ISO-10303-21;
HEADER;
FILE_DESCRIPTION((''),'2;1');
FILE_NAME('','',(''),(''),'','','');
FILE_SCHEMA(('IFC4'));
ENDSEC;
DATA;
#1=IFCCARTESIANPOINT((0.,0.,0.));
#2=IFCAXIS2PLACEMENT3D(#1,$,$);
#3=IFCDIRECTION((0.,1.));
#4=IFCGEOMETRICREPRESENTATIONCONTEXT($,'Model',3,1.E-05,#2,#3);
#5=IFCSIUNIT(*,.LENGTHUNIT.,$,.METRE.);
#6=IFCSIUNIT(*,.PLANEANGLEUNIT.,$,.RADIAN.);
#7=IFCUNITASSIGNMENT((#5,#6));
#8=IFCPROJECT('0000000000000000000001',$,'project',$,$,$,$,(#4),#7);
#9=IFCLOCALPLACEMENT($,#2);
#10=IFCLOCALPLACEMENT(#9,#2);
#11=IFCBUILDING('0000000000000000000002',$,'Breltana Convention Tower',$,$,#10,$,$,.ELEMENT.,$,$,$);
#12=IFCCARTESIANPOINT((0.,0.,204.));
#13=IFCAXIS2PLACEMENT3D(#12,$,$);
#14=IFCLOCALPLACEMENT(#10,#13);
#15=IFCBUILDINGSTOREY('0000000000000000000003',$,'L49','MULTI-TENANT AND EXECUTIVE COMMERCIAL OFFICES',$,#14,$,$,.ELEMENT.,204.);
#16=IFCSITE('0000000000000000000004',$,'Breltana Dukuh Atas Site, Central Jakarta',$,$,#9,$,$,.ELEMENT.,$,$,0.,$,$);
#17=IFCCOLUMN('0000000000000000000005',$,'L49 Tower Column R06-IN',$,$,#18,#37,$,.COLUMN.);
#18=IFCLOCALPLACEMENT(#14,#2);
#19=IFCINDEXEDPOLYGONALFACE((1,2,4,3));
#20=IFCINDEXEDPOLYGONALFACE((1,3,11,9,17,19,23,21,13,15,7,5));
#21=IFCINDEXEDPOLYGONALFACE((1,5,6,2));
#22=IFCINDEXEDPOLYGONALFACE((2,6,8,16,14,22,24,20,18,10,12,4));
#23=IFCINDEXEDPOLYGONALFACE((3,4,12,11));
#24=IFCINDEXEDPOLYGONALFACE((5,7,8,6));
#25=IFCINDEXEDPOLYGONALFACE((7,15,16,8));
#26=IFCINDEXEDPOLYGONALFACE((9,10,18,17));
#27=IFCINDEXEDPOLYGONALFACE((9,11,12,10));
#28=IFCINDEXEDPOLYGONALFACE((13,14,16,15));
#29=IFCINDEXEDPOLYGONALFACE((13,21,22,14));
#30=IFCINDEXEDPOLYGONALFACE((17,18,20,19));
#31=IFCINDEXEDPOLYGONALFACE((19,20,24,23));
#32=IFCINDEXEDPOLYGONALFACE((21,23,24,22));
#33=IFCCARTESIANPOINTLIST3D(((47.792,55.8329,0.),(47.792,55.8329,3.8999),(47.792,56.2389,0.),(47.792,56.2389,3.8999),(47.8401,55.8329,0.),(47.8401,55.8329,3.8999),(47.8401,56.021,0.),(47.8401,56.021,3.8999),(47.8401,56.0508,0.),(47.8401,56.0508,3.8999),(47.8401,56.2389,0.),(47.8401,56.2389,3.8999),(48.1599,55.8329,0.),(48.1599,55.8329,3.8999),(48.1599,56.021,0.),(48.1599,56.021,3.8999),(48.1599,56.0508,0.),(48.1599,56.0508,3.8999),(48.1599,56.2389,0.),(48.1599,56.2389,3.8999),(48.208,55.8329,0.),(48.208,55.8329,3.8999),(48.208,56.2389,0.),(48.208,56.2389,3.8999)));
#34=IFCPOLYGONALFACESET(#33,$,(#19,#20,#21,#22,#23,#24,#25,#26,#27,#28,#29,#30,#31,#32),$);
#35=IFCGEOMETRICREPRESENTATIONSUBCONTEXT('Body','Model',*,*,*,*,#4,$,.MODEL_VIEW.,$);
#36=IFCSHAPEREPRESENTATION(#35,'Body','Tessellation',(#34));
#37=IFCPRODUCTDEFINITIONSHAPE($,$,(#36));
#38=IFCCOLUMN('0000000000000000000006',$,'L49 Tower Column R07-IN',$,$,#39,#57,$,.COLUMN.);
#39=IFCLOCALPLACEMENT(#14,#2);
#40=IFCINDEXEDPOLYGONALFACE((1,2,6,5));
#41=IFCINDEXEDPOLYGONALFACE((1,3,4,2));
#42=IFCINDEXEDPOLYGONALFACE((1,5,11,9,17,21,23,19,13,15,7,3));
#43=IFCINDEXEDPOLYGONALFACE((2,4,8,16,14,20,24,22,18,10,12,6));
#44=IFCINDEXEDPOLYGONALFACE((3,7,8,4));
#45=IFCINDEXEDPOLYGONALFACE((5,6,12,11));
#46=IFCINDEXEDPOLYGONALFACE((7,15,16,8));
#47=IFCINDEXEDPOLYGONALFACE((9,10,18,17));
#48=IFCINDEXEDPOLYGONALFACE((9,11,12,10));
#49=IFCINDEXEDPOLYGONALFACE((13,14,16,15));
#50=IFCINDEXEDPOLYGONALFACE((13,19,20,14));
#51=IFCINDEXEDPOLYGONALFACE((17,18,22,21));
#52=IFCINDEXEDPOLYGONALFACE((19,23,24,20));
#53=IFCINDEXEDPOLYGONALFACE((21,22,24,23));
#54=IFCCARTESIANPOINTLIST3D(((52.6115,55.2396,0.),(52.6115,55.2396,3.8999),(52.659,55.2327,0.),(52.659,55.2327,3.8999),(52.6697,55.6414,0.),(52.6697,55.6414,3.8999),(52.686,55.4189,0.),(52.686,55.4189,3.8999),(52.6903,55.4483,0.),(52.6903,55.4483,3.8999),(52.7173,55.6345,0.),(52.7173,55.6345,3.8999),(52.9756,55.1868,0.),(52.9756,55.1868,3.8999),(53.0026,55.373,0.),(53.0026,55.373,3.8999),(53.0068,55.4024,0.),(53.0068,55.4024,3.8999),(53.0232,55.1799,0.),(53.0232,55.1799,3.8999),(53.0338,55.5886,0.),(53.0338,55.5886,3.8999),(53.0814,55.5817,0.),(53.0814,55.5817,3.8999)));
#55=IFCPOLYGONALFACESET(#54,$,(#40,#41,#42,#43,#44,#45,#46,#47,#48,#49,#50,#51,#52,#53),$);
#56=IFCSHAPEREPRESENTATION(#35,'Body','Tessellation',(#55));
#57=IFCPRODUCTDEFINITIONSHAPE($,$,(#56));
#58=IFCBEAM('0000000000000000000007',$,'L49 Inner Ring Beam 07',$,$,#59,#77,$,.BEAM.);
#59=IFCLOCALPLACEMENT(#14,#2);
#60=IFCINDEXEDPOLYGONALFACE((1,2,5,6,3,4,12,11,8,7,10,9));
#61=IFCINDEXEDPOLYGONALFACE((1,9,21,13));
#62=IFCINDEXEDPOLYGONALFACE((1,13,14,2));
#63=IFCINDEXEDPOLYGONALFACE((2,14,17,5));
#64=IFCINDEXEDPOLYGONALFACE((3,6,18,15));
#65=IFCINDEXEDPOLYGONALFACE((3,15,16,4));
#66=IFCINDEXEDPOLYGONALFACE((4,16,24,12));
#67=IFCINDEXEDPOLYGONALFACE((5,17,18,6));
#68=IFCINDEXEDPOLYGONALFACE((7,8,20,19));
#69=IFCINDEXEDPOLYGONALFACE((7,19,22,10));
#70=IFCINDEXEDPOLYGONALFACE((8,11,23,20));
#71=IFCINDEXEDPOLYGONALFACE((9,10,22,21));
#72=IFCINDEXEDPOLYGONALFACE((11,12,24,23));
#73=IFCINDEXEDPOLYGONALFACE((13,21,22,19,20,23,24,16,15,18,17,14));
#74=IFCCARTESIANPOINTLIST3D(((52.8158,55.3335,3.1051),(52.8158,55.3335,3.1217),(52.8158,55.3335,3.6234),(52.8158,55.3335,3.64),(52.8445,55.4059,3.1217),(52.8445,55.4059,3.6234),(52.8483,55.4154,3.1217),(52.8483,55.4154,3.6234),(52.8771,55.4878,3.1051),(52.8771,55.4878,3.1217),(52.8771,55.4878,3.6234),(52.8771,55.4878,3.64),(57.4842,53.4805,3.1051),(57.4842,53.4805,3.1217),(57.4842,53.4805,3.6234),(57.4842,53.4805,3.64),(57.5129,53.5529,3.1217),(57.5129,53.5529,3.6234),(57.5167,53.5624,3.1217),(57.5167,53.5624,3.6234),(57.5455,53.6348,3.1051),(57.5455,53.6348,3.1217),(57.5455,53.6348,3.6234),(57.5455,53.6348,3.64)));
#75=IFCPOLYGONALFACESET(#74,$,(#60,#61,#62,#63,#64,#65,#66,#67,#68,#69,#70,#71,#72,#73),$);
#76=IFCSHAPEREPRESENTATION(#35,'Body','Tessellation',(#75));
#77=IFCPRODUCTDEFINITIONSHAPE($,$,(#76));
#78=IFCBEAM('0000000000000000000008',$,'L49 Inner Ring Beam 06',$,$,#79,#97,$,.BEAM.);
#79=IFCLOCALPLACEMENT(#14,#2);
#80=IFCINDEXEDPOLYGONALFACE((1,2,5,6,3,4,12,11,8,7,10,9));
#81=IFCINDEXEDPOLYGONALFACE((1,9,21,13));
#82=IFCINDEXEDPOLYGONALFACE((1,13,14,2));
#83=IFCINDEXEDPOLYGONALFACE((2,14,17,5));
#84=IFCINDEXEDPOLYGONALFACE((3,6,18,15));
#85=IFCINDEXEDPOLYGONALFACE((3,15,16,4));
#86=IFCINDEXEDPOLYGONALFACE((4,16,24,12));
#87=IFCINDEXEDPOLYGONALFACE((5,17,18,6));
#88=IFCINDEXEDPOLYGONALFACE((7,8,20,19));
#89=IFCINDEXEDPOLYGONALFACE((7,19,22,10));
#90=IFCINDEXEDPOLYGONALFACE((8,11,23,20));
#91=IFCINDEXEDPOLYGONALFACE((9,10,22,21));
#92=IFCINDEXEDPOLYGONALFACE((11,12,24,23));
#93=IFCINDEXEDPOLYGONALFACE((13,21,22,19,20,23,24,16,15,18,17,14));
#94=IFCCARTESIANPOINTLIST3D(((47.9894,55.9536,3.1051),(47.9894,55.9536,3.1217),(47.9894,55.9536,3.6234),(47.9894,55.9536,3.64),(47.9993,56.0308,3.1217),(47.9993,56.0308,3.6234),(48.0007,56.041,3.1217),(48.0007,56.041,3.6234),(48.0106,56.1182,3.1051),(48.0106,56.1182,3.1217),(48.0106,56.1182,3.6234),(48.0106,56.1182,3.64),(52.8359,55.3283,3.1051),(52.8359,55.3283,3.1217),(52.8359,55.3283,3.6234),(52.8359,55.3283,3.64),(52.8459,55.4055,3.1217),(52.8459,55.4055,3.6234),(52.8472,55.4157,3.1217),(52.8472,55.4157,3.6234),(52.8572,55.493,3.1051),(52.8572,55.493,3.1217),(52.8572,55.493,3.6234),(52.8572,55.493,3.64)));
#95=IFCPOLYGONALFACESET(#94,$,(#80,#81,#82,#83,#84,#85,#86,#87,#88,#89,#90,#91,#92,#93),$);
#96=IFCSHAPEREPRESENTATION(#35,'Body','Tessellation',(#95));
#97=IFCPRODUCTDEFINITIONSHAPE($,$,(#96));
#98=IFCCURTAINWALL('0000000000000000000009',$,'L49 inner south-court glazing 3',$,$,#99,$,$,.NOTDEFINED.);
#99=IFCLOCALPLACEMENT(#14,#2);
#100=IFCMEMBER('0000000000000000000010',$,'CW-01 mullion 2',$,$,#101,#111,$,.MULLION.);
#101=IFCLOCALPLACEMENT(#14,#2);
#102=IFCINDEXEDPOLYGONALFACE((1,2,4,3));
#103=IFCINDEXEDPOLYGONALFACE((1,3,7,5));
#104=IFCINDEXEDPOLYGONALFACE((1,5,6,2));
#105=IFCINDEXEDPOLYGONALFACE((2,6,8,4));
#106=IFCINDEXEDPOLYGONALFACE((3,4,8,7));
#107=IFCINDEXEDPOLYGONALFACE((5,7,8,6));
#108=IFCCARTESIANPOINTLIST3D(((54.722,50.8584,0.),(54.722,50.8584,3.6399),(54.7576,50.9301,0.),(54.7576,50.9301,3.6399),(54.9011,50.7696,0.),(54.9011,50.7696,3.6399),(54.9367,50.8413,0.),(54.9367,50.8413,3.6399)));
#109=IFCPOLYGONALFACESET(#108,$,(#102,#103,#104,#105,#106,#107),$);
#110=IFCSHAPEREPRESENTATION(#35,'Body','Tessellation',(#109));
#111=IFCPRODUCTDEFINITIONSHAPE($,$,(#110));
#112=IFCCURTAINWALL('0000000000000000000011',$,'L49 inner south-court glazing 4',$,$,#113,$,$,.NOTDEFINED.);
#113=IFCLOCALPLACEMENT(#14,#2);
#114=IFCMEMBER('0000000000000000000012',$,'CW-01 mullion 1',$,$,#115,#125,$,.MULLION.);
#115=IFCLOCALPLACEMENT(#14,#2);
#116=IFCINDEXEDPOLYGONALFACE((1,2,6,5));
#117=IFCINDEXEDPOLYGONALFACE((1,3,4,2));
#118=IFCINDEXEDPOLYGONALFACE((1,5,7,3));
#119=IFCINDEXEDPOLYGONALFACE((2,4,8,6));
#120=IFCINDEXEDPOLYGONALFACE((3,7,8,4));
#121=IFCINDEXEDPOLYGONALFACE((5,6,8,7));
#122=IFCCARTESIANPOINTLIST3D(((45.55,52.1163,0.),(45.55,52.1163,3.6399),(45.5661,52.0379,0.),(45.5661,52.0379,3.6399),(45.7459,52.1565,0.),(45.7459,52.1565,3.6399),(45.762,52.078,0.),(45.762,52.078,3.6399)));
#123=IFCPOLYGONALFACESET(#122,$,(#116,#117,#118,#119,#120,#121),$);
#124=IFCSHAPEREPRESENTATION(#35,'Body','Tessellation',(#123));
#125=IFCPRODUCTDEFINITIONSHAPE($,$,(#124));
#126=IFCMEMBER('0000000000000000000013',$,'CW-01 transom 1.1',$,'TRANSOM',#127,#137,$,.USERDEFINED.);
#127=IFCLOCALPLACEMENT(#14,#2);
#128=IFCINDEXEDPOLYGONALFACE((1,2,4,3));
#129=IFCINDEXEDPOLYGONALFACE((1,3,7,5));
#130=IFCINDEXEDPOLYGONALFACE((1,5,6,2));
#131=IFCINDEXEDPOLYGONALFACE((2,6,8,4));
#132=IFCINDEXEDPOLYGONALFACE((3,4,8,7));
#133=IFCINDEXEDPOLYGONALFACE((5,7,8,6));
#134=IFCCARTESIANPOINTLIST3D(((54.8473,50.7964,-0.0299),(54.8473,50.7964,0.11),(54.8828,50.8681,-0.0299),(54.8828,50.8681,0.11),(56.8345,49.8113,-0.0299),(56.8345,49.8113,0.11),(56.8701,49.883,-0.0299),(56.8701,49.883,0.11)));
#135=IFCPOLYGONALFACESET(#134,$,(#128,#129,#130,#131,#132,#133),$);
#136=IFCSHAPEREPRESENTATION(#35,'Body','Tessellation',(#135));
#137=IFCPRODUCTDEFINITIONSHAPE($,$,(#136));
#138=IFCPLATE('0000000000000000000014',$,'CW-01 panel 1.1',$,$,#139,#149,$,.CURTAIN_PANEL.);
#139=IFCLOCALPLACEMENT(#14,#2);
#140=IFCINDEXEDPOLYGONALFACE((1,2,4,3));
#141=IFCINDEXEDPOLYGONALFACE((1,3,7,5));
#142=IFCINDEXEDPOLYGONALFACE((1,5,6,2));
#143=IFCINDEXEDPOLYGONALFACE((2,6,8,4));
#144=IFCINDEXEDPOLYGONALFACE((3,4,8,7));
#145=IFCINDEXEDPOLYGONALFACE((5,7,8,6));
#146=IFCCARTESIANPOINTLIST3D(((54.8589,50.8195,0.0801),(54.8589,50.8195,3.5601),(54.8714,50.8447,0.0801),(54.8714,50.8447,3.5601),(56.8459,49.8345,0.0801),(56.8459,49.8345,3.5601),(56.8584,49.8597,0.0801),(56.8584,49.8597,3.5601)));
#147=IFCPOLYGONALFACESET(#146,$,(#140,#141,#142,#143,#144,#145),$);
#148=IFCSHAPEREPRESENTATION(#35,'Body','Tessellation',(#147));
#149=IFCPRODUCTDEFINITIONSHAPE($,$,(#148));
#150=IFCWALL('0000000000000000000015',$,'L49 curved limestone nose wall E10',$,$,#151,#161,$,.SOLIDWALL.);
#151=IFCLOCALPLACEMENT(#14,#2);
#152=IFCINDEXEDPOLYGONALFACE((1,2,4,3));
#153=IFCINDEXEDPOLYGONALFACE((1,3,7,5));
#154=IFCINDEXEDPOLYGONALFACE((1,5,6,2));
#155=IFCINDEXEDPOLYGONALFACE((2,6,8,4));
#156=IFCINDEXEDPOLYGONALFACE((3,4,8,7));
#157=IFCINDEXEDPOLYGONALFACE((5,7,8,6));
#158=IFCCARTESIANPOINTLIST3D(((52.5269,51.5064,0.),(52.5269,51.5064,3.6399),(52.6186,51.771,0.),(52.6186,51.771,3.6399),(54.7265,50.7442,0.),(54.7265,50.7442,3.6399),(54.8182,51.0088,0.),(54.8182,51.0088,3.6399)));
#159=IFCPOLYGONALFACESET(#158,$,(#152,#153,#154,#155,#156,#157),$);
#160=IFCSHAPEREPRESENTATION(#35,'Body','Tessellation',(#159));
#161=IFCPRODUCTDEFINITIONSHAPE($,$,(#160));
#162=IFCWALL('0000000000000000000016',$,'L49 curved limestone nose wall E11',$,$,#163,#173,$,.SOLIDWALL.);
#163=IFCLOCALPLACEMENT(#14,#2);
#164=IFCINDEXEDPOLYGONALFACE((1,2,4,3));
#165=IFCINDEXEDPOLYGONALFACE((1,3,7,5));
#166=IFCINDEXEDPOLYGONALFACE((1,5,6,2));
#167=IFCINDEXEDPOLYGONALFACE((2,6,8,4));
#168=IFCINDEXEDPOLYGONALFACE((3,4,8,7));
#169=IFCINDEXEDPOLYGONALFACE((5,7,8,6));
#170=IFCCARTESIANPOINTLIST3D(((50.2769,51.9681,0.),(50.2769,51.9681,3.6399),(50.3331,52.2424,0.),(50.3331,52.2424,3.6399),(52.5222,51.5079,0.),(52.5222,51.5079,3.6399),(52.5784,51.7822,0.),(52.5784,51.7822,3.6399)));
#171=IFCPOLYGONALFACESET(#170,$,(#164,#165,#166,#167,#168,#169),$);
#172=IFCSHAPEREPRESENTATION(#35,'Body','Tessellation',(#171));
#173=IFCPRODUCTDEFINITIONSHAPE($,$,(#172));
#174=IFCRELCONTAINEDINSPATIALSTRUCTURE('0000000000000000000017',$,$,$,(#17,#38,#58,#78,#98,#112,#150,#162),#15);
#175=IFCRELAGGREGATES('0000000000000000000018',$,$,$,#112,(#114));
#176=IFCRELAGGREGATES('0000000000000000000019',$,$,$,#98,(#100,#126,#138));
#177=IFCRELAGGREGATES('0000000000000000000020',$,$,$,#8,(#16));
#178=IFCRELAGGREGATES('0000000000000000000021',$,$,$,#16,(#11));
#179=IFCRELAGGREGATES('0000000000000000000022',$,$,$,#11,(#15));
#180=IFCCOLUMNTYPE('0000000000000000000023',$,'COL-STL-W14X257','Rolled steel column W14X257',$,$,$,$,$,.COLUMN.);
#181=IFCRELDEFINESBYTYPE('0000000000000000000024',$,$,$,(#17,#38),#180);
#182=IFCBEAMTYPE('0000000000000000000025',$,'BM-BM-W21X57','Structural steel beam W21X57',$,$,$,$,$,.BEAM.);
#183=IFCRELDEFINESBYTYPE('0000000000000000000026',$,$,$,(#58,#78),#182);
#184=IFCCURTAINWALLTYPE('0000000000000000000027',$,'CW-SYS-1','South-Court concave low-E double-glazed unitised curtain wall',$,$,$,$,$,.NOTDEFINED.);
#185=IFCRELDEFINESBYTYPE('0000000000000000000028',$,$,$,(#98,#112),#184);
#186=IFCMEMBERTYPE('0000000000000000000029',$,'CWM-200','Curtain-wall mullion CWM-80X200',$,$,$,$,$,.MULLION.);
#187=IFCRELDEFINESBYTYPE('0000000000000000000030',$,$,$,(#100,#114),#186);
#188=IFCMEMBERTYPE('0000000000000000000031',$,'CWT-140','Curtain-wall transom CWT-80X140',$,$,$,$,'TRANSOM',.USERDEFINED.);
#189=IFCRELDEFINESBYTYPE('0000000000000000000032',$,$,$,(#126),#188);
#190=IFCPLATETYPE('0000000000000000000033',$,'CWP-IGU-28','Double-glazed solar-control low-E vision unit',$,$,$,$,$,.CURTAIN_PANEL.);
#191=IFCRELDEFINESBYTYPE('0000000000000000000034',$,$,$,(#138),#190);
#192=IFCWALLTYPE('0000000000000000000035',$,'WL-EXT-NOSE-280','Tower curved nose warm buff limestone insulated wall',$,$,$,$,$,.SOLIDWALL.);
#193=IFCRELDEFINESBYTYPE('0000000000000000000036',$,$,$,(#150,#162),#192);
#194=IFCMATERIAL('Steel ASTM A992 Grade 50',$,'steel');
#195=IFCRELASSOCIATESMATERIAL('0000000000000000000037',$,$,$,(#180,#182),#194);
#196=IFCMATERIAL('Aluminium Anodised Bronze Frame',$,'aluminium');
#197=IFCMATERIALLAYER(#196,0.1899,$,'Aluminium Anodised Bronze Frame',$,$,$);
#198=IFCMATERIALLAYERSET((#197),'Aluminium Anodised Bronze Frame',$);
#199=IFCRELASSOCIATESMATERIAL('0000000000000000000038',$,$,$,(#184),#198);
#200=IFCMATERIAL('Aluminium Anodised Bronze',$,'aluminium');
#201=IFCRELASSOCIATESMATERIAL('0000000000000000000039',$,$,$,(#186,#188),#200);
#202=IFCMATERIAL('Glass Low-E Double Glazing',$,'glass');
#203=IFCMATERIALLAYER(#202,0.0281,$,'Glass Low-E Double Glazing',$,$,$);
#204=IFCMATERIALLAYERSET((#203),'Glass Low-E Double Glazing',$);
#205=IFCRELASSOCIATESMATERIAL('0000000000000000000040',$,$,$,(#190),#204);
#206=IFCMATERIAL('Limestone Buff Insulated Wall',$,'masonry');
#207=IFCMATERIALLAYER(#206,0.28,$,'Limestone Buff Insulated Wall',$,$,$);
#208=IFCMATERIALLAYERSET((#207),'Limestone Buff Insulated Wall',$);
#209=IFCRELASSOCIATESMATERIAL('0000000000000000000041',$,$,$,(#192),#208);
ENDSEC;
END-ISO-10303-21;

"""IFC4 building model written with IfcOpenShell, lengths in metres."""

from ifc_helpers import new_model, si_unit, direction, frame, frame_2d, origin, origin_2d, place, context, subcontext, project, spatial, rectangle, i_section, extrude, source, transform, mapped, material, layer, layer_set, material_profile, profile_set, type_object, element, aggregate, save


model = new_model("IFC4")

# Units and contexts
model_context = context("Model", 3, precision=1e-05, world=origin(), true_north=direction((0.0, 1.0)))
body_context = subcontext(model_context, "Body", "Model", "MODEL_VIEW")
ifc_project = project(units=[si_unit("LENGTHUNIT", "METRE"), si_unit("PLANEANGLEUNIT", "RADIAN")], contexts=[model_context])

# Site, building, storey
site_placement = place(None, origin())
site = spatial("IfcSite", under=ifc_project, at=site_placement, Name="Breltana Dukuh Atas Site, Central Jakarta", CompositionType="ELEMENT", RefElevation=0.0)
building_placement = place(site_placement, origin())
building = spatial("IfcBuilding", under=site, at=building_placement, Name="Breltana Convention Tower", CompositionType="ELEMENT")
storey_placement = place(building_placement, frame((0.0, 0.0, 204.0)))
storey = spatial("IfcBuildingStorey", under=building, at=storey_placement, Name="L49", Description="MULTI-TENANT AND EXECUTIVE COMMERCIAL OFFICES", CompositionType="ELEMENT", Elevation=204.0)

# Columns
ifc_material_1 = material(Name="Steel ASTM A992 Grade 50", Category="steel")
ifc_material_profile_1 = material_profile(ifc_material_1, i_section(OverallWidth=0.406, OverallDepth=0.416, WebThickness=0.0298, FlangeThickness=0.0481, at=origin_2d()), Name="W14X257")
ifc_profile_set_1 = profile_set([ifc_material_profile_1], Name="Steel ASTM A992 Grade 50")
column_type = type_object("IfcColumnType", Name="COL-STL-W14X257", Description="Rolled steel column W14X257", PredefinedType="COLUMN", material=ifc_profile_set_1)
shared_shape_1 = source(origin(), body_context, "Body", "SweptSolid", [
    extrude(i_section(OverallWidth=0.406, OverallDepth=0.416, WebThickness=0.0298, FlangeThickness=0.0481, at=origin_2d()), origin(), (0.0, 0.0, 1.0), 3.8999),
])
for number, where, z_axis, x_axis, name in (
    (1, (48.0, 56.0359, 0.0), (0.0, 0.0, 1.0), (0.0, 1.0, 0.0), "L49 Tower Column R06-IN"),
    (2, (52.8464, 55.4106, 0.0), (0.0, 0.0, 1.0), (0.143493, 0.989651, 0.0), "L49 Tower Column R07-IN"),
):
    element("IfcColumn", number, at=place(storey_placement, frame(where, z_axis=z_axis, x_axis=x_axis)), inside=storey, type_object=column_type, Name=name, PredefinedType="COLUMN", context=body_context, shape_type="MappedRepresentation", body=[
        mapped(shared_shape_1, transform((0.0, 0.0, 0.0), scale=1.0)),
    ])

# Beams
ifc_material_profile_2 = material_profile(ifc_material_1, i_section(OverallWidth=0.166, OverallDepth=0.5349, WebThickness=0.0103, FlangeThickness=0.0166, at=origin_2d()), Name="W21X57")
ifc_profile_set_2 = profile_set([ifc_material_profile_2], Name="Steel ASTM A992 Grade 50")
beam_type = type_object("IfcBeamType", Name="BM-BM-W21X57", Description="Structural steel beam W21X57", PredefinedType="BEAM", material=ifc_profile_set_2)
shared_shape_2 = source(origin(), body_context, "Body", "SweptSolid", [
    extrude(i_section(OverallWidth=0.166, OverallDepth=0.5349, WebThickness=0.0103, FlangeThickness=0.0166, at=origin_2d()), origin(), (0.0, 0.0, 1.0), 5.0227),
])
beam_1_placement = place(storey_placement, frame((52.8464, 55.4106, 3.3726), z_axis=(0.929459, -0.368926, 0.0), x_axis=(0.368926, 0.929459, 0.0)))
element("IfcBeam", 3, at=beam_1_placement, inside=storey, type_object=beam_type, Name="L49 Inner Ring Beam 07", PredefinedType="BEAM", context=body_context, shape_type="MappedRepresentation", body=[
    mapped(shared_shape_2, transform((0.0, 0.0, 0.0), scale=1.0)),
])
shared_shape_3 = source(origin(), body_context, "Body", "SweptSolid", [
    extrude(i_section(OverallWidth=0.166, OverallDepth=0.5349, WebThickness=0.0103, FlangeThickness=0.0166, at=origin_2d()), origin(), (0.0, 0.0, 1.0), 4.8867),
])
beam_2_placement = place(storey_placement, frame((48.0, 56.0359, 3.3726), z_axis=(0.991781, -0.127951, 0.0), x_axis=(0.127951, 0.991781, 0.0)))
element("IfcBeam", 4, at=beam_2_placement, inside=storey, type_object=beam_type, Name="L49 Inner Ring Beam 06", PredefinedType="BEAM", context=body_context, shape_type="MappedRepresentation", body=[
    mapped(shared_shape_3, transform((0.0, 0.0, 0.0), scale=1.0)),
])

# Curtain walls, members
ifc_material_2 = material(Name="Aluminium Anodised Bronze Frame", Category="aluminium")
ifc_layer_1 = layer(ifc_material_2, 0.1899, Name="Aluminium Anodised Bronze Frame")
ifc_layer_set_1 = layer_set([ifc_layer_1], Name="Aluminium Anodised Bronze Frame")
curtain_wall_type = type_object("IfcCurtainWallType", Name="CW-SYS-1", Description="South-Court concave low-E double-glazed unitised curtain wall", PredefinedType="NOTDEFINED", material=ifc_layer_set_1)
curtain_wall_1_placement = place(storey_placement, origin())
curtain_wall_1 = element("IfcCurtainWall", 5, at=curtain_wall_1_placement, inside=storey, type_object=curtain_wall_type, Name="L49 inner south-court glazing 3", PredefinedType="NOTDEFINED")
ifc_material_3 = material(Name="Aluminium Anodised Bronze", Category="aluminium")
ifc_material_profile_3 = material_profile(ifc_material_3, rectangle(XDim=0.0801, YDim=0.2, at=origin_2d()), Name="CWM-80X200")
ifc_profile_set_3 = profile_set([ifc_material_profile_3], Name="Aluminium Anodised Bronze")
member_type_1 = type_object("IfcMemberType", Name="CWM-200", Description="Curtain-wall mullion CWM-80X200", PredefinedType="MULLION", material=ifc_profile_set_3)
shared_shape_4 = source(origin(), body_context, "Body", "SweptSolid", [
    extrude(rectangle(XDim=0.0801, YDim=0.2, at=origin_2d()), origin(), (0.0, 0.0, 1.0), 3.6399),
])
member_1_placement = place(storey_placement, frame((54.8293, 50.8499, 0.0), z_axis=(0.0, 0.0, 1.0), x_axis=(-0.444133, -0.895961, 0.0)))
member_1 = element("IfcMember", 6, at=member_1_placement, type_object=member_type_1, Name="CW-01 mullion 2", PredefinedType="MULLION", context=body_context, shape_type="MappedRepresentation", body=[
    mapped(shared_shape_4, transform((0.0, 0.0, 0.0), scale=1.0)),
])
curtain_wall_2_placement = place(storey_placement, origin())
curtain_wall_2 = element("IfcCurtainWall", 7, at=curtain_wall_2_placement, inside=storey, type_object=curtain_wall_type, Name="L49 inner south-court glazing 4", PredefinedType="NOTDEFINED")
member_2_placement = place(storey_placement, frame((45.656, 52.0972, 0.0), z_axis=(0.0, 0.0, 1.0), x_axis=(0.200854, -0.979621, 0.0)))
member_2 = element("IfcMember", 8, at=member_2_placement, type_object=member_type_1, Name="CW-01 mullion 1", PredefinedType="MULLION", context=body_context, shape_type="MappedRepresentation", body=[
    mapped(shared_shape_4, transform((0.0, 0.0, 0.0), scale=1.0)),
])
aggregate(curtain_wall_2, [member_2])

# Member
ifc_material_profile_4 = material_profile(ifc_material_3, rectangle(XDim=0.0801, YDim=0.1399, at=origin_2d()), Name="CWT-80X140")
ifc_profile_set_4 = profile_set([ifc_material_profile_4], Name="Aluminium Anodised Bronze")
member_type_2 = type_object("IfcMemberType", Name="CWT-140", Description="Curtain-wall transom CWT-80X140", ElementType="TRANSOM", PredefinedType="USERDEFINED", material=ifc_profile_set_4)
shared_shape_5 = source(origin(), body_context, "Body", "SweptSolid", [
    extrude(rectangle(XDim=0.0801, YDim=0.1399, at=origin_2d()), origin(), (0.0, 0.0, 1.0), 2.218),
])
member_3_placement = place(storey_placement, frame((56.8523, 49.8472, 0.04), z_axis=(-0.895963, 0.444129, 0.0), x_axis=(-0.444129, -0.895963, 0.0)))
member_3 = element("IfcMember", 9, at=member_3_placement, type_object=member_type_2, Name="CW-01 transom 1.1", ObjectType="TRANSOM", PredefinedType="USERDEFINED", context=body_context, shape_type="MappedRepresentation", body=[
    mapped(shared_shape_5, transform((0.0, 0.0, 0.0), scale=1.0)),
])

# Plate
ifc_material_4 = material(Name="Glass Low-E Double Glazing", Category="glass")
ifc_layer_2 = layer(ifc_material_4, 0.0281, Name="Glass Low-E Double Glazing")
ifc_layer_set_2 = layer_set([ifc_layer_2], Name="Glass Low-E Double Glazing")
plate_type = type_object("IfcPlateType", Name="CWP-IGU-28", Description="Double-glazed solar-control low-E vision unit", PredefinedType="CURTAIN_PANEL", material=ifc_layer_set_2)
shared_shape_6 = source(origin(), body_context, "Body", "SweptSolid", [
    extrude(rectangle(XDim=2.2178, YDim=0.0281, at=origin_2d()), origin(), (0.0, 0.0, 1.0), 3.48),
])
plate_placement = place(storey_placement, frame((55.8586, 50.3396, 0.0801), z_axis=(0.0, 0.0, 1.0), x_axis=(-0.895961, 0.444133, 0.0)))
plate = element("IfcPlate", 10, at=plate_placement, type_object=plate_type, Name="CW-01 panel 1.1", PredefinedType="CURTAIN_PANEL", context=body_context, shape_type="MappedRepresentation", body=[
    mapped(shared_shape_6, transform((0.0, 0.0, 0.0), scale=1.0)),
])
aggregate(curtain_wall_1, [member_1, member_3, plate])

# Walls
ifc_material_5 = material(Name="Limestone Buff Insulated Wall", Category="masonry")
ifc_layer_3 = layer(ifc_material_5, 0.28, Name="Limestone Buff Insulated Wall")
ifc_layer_set_3 = layer_set([ifc_layer_3], Name="Limestone Buff Insulated Wall")
wall_type_1 = type_object("IfcWallType", Name="WL-EXT-NOSE-280", Description="Tower curved nose warm buff limestone insulated wall", PredefinedType="SOLIDWALL", material=ifc_layer_set_3)
shared_shape_7 = source(origin(), body_context, "Body", "SweptSolid", [
    extrude(rectangle(XDim=2.3279, YDim=0.28, at=frame_2d((1.1641, 0.0))), origin(), (0.0, 0.0, 1.0), 3.6399),
])
wall_1_placement = place(storey_placement, frame((54.7725, 50.8765, 0.0), z_axis=(0.0, 0.0, 1.0), x_axis=(-0.944873, 0.327438, 0.0)))
element("IfcWall", 11, at=wall_1_placement, inside=storey, type_object=wall_type_1, Name="L49 curved limestone nose wall E10", PredefinedType="SOLIDWALL", context=body_context, shape_type="MappedRepresentation", body=[
    mapped(shared_shape_7, transform((0.0, 0.0, 0.0), scale=1.0)),
])
shared_shape_8 = source(origin(), body_context, "Body", "SweptSolid", [
    extrude(rectangle(XDim=2.292, YDim=0.28, at=frame_2d((1.146, 0.0))), origin(), (0.0, 0.0, 1.0), 3.6399),
])
wall_2_placement = place(storey_placement, frame((52.5503, 51.645, 0.0), z_axis=(0.0, 0.0, 1.0), x_axis=(-0.979635, 0.200784, 0.0)))
element("IfcWall", 12, at=wall_2_placement, inside=storey, type_object=wall_type_1, Name="L49 curved limestone nose wall E11", PredefinedType="SOLIDWALL", context=body_context, shape_type="MappedRepresentation", body=[
    mapped(shared_shape_8, transform((0.0, 0.0, 0.0), scale=1.0)),
])

save(model, "model.ifc")
